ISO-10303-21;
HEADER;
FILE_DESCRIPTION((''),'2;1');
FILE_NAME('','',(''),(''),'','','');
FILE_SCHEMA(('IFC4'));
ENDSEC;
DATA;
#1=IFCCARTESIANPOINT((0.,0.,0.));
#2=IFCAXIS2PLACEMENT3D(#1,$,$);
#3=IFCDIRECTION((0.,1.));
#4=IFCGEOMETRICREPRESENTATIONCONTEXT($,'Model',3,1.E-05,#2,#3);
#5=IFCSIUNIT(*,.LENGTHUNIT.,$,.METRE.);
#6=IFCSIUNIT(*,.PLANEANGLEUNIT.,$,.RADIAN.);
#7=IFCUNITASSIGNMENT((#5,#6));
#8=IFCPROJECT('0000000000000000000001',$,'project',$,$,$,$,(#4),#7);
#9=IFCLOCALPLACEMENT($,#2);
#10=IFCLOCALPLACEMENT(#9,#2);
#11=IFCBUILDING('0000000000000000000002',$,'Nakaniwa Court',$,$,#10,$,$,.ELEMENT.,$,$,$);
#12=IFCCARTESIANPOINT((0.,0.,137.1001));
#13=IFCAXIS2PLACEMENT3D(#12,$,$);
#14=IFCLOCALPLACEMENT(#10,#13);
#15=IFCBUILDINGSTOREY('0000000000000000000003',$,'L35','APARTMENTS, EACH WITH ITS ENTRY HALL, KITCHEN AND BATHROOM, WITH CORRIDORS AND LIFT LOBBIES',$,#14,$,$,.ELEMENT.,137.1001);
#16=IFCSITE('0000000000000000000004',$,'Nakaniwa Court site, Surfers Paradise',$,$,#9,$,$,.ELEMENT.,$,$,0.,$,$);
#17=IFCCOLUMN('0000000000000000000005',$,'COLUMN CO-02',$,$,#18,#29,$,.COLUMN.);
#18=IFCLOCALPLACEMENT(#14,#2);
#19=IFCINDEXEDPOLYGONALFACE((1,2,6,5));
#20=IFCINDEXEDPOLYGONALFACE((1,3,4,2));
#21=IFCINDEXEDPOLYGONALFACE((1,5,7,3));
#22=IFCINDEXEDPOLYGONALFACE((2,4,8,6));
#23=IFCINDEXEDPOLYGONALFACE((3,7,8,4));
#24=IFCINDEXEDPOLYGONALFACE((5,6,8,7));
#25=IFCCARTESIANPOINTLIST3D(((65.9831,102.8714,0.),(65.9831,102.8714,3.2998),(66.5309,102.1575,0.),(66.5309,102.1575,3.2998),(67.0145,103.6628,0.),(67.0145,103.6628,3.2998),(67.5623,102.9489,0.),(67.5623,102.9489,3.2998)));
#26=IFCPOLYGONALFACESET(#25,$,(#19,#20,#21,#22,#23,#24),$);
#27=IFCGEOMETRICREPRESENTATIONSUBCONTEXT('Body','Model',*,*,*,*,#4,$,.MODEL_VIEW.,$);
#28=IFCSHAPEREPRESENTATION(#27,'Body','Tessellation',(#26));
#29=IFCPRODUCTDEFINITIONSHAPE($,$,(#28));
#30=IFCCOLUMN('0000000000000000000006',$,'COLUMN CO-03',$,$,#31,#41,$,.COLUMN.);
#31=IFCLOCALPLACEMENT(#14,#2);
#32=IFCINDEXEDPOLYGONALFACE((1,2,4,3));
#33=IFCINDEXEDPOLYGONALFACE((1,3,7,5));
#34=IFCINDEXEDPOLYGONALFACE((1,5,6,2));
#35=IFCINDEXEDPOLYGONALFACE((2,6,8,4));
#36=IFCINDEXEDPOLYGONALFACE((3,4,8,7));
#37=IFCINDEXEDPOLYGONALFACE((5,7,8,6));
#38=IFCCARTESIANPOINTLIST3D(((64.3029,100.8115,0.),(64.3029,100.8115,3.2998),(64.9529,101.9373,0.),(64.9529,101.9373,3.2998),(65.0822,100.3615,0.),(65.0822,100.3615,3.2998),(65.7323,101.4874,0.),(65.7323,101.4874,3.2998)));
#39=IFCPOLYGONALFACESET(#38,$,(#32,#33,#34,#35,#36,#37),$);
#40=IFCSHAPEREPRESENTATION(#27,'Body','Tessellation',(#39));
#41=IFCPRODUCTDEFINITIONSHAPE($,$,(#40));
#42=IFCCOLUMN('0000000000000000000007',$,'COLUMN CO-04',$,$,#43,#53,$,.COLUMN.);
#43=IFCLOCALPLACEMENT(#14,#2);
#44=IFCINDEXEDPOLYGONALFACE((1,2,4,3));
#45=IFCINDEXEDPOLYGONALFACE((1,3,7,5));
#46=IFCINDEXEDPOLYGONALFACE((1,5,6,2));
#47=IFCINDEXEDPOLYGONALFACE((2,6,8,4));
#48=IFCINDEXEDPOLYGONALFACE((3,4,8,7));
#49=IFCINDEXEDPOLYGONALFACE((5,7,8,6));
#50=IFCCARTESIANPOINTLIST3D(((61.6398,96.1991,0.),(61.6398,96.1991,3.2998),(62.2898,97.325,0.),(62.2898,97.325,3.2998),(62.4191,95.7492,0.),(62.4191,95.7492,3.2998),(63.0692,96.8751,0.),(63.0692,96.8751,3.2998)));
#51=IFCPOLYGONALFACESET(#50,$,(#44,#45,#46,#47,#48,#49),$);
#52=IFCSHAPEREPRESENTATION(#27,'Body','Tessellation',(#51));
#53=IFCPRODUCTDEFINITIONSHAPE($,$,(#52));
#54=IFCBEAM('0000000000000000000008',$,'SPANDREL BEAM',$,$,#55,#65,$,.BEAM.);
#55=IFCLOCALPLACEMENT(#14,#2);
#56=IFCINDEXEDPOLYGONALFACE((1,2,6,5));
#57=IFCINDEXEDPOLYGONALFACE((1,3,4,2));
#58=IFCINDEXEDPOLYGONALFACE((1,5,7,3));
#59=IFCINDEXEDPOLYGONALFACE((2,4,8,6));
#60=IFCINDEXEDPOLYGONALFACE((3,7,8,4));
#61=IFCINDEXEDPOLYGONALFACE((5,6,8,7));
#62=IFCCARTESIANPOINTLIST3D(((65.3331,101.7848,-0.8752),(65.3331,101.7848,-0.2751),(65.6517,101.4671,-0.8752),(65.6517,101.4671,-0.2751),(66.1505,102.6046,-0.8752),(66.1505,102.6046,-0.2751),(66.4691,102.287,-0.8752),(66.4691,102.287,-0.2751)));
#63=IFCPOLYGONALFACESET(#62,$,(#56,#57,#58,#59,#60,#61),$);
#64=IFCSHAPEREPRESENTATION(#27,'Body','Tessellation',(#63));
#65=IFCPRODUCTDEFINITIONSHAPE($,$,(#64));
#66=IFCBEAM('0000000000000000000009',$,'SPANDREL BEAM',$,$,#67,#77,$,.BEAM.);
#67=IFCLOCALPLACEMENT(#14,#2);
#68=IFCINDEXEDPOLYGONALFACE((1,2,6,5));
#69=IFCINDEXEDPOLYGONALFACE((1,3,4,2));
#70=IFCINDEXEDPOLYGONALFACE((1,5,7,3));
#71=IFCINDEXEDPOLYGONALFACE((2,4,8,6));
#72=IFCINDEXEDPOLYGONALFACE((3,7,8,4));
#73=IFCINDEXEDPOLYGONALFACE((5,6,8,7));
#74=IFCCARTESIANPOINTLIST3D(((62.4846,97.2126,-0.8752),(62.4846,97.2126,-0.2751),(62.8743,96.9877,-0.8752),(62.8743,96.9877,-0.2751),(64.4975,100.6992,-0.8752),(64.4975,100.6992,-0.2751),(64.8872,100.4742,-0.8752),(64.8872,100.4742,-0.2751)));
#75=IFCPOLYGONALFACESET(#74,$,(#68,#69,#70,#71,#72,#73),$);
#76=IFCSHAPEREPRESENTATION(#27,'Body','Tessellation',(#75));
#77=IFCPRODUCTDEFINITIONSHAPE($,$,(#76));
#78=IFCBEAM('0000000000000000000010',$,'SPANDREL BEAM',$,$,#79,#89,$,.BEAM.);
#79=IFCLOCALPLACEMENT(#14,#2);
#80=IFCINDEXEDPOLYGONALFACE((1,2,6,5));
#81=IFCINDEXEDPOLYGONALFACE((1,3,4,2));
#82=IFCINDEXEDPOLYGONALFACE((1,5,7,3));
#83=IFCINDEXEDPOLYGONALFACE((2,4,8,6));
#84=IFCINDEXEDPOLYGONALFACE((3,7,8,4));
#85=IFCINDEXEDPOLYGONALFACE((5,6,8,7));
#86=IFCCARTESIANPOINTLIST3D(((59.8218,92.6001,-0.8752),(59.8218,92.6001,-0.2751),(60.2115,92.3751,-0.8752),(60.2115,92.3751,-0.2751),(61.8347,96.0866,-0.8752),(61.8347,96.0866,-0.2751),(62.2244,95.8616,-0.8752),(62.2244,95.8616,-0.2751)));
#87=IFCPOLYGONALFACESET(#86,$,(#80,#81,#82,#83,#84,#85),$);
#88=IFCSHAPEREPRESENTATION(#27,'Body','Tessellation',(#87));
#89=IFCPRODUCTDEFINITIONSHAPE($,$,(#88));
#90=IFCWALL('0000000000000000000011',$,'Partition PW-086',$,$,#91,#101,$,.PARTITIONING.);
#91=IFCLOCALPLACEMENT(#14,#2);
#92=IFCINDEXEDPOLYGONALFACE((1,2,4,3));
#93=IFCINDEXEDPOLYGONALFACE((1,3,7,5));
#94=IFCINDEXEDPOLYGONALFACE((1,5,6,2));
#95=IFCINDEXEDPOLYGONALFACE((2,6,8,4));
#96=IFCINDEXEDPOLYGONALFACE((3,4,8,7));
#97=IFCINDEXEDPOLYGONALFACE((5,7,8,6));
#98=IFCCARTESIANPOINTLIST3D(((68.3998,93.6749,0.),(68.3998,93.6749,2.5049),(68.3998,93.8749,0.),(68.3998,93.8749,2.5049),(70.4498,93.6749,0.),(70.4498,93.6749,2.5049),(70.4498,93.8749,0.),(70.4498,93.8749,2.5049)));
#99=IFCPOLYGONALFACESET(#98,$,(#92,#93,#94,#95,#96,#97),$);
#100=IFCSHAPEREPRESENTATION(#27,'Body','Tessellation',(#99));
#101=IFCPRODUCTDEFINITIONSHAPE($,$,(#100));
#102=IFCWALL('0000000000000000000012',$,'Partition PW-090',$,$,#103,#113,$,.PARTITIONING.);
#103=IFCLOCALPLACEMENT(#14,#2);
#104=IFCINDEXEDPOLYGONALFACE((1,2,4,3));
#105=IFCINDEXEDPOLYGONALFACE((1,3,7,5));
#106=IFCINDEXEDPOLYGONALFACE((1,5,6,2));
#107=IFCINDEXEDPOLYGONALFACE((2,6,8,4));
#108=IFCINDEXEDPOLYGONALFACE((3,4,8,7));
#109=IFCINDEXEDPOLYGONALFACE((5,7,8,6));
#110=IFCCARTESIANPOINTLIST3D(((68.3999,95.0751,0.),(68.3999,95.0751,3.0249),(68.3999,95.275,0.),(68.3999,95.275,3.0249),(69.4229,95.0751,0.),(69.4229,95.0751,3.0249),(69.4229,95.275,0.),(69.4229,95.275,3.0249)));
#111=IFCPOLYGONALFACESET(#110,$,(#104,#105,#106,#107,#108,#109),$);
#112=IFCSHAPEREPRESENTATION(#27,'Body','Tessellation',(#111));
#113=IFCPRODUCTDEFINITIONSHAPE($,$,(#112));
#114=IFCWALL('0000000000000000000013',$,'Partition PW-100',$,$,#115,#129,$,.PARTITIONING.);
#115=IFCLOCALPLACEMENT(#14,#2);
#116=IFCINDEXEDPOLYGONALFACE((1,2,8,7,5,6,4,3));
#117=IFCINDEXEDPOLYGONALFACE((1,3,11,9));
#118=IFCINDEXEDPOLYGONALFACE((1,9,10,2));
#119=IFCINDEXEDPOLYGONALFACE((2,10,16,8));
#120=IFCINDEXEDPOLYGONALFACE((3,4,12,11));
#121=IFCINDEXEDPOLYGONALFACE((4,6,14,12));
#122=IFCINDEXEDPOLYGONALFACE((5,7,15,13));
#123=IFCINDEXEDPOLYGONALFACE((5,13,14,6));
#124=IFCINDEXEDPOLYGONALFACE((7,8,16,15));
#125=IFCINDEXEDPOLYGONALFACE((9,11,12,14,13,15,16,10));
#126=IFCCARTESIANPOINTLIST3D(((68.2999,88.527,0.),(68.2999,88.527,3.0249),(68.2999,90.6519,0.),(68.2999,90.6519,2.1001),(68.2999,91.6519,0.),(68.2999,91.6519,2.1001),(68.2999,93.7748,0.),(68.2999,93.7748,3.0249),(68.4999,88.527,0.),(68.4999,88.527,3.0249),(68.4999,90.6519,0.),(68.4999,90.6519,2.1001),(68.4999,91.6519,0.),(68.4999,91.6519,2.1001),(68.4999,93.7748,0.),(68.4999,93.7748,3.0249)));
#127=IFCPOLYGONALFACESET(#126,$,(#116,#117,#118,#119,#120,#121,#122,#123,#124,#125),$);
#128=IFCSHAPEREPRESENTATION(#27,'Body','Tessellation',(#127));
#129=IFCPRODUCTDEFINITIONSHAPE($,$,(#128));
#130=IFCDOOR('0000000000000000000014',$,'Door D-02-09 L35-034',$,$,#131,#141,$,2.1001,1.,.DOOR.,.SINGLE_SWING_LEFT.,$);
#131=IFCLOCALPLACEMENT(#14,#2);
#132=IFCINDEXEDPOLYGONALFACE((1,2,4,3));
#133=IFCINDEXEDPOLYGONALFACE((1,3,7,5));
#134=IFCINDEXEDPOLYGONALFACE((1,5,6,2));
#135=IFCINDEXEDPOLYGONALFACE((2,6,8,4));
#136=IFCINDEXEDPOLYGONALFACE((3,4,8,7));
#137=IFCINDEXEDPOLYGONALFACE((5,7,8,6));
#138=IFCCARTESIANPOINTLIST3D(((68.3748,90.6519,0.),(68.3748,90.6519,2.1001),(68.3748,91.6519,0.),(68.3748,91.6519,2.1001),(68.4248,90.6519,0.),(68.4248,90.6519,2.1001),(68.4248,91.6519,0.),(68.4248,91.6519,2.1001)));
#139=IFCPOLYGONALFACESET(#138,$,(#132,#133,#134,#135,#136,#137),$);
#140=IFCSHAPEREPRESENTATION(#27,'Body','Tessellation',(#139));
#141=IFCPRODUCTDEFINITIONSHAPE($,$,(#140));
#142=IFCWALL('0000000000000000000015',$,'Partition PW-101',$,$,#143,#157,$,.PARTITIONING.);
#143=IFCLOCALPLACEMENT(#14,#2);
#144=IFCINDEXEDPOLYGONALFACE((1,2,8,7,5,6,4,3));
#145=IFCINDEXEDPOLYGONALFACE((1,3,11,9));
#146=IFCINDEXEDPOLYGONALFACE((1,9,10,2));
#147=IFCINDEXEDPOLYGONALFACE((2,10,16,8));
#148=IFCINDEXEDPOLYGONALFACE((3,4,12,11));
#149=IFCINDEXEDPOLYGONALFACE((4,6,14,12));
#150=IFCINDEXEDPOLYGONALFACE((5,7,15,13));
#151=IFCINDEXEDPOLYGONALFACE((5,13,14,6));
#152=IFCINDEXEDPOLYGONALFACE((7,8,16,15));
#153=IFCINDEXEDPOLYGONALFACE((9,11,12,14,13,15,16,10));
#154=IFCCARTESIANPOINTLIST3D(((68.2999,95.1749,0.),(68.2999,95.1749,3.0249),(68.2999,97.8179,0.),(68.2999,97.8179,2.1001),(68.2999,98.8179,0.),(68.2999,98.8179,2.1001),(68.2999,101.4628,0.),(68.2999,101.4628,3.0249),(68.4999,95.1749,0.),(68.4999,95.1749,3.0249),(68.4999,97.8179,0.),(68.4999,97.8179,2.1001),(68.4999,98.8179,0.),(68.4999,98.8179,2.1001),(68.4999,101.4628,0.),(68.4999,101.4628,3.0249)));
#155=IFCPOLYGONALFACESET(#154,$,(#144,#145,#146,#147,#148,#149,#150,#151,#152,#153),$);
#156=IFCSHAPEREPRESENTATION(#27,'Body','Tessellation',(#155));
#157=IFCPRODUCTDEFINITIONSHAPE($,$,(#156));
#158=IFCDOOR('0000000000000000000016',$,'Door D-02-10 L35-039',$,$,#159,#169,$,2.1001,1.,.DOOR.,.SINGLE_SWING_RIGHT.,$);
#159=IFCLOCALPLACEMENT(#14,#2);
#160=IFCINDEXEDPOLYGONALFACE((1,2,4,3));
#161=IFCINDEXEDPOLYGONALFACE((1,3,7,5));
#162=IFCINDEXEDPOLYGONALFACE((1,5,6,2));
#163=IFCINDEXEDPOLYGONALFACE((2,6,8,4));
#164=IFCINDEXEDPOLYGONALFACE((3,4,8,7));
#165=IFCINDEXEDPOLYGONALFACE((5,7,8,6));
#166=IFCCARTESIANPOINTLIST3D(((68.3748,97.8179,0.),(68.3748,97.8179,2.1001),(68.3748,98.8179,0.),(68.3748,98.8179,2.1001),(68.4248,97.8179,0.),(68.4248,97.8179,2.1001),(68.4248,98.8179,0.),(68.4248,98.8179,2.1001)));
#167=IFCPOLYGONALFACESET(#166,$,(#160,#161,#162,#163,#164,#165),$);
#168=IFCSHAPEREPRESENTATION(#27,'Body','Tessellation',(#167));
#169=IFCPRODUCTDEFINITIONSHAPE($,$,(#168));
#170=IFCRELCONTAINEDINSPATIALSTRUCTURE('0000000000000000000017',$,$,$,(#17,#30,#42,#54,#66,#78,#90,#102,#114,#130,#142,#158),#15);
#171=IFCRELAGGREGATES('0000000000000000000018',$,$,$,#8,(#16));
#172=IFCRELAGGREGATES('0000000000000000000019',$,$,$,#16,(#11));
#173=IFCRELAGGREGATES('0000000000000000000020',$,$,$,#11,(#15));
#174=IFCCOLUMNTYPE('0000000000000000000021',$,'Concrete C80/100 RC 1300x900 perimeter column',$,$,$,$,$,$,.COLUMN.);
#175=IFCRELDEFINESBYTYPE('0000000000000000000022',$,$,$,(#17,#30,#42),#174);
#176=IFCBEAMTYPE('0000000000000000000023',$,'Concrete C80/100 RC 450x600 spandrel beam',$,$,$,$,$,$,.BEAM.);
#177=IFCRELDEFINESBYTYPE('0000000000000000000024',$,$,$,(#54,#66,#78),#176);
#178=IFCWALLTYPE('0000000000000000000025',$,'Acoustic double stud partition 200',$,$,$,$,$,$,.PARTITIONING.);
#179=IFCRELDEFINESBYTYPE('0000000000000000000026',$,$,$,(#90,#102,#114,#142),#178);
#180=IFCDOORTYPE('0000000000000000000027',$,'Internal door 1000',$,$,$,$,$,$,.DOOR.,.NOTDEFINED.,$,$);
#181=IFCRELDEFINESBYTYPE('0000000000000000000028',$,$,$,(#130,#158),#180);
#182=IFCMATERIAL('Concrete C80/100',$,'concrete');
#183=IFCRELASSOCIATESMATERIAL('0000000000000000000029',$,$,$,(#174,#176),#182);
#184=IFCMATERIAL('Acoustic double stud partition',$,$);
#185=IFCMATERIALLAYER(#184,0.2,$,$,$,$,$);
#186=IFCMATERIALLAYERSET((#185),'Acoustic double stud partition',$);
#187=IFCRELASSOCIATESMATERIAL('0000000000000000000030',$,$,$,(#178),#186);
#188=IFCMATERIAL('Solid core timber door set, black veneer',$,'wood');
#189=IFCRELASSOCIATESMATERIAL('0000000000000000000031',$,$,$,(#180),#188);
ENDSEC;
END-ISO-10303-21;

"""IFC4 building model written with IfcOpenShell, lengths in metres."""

from ifc_helpers import new_model, si_unit, direction, frame, frame_2d, origin, origin_2d, place, context, subcontext, project, spatial, rectangle, extrude, material, layer, layer_set, material_profile, profile_set, type_object, element, fill, save


model = new_model("IFC4")

# Units and contexts
model_context = context("Model", 3, precision=1e-05, world=origin(), true_north=direction((0.0, 1.0)))
body_context = subcontext(model_context, "Body", "Model", "MODEL_VIEW")
ifc_project = project(units=[si_unit("LENGTHUNIT", "METRE"), si_unit("PLANEANGLEUNIT", "RADIAN")], contexts=[model_context])

# Site, building, storey
site_placement = place(None, origin())
site = spatial("IfcSite", under=ifc_project, at=site_placement, Name="Nakaniwa Court site, Surfers Paradise", CompositionType="ELEMENT", RefElevation=0.0)
building_placement = place(site_placement, origin())
building = spatial("IfcBuilding", under=site, at=building_placement, Name="Nakaniwa Court", CompositionType="ELEMENT")
storey_placement = place(building_placement, frame((0.0, 0.0, 137.1001)))
storey = spatial("IfcBuildingStorey", under=building, at=storey_placement, Name="L35", Description="APARTMENTS, EACH WITH ITS ENTRY HALL, KITCHEN AND BATHROOM, WITH CORRIDORS AND LIFT LOBBIES", CompositionType="ELEMENT", Elevation=137.1001)

# Columns
ifc_material_1 = material(Name="Concrete C80/100", Category="concrete")
ifc_material_profile_1 = material_profile(ifc_material_1, rectangle(XDim=1.3, YDim=0.8999, at=origin_2d()), Name="Concrete C80/100 RC 1300x900 perimeter column")
ifc_profile_set_1 = profile_set([ifc_material_profile_1], Name="Concrete C80/100")
column_type = type_object("IfcColumnType", Name="Concrete C80/100 RC 1300x900 perimeter column", PredefinedType="COLUMN", material=ifc_profile_set_1)
for number, where, z_axis, x_axis, name in (
    (1, (66.7727, 102.9102, 0.0), (0.0, 0.0, 1.0), (-0.793364, -0.608748, 0.0), "COLUMN CO-02"),
    (2, (65.0176, 101.1494, 0.0), (0.0, 0.0, 1.0), (-0.5, -0.866025, 0.0), "COLUMN CO-03"),
    (3, (62.3545, 96.5371, 0.0), (0.0, 0.0, 1.0), (-0.5, -0.866025, 0.0), "COLUMN CO-04"),
):
    element("IfcColumn", number, at=place(storey_placement, frame(where, z_axis=z_axis, x_axis=x_axis)), inside=storey, type_object=column_type, Name=name, PredefinedType="COLUMN", context=body_context, shape_type="SweptSolid", body=[
        extrude(rectangle(XDim=1.3, YDim=0.8999, at=origin_2d()), origin(), (0.0, 0.0, 1.0), 3.2998),
    ])

# Beams
ifc_material_profile_2 = material_profile(ifc_material_1, rectangle(XDim=0.45, YDim=0.6001, at=origin_2d()), Name="Concrete C80/100 RC 450x600 spandrel beam")
ifc_profile_set_2 = profile_set([ifc_material_profile_2], Name="Concrete C80/100")
beam_type = type_object("IfcBeamType", Name="Concrete C80/100 RC 450x600 spandrel beam", PredefinedType="BEAM", material=ifc_profile_set_2)
beam_placement = place(storey_placement, frame((66.3098, 102.4458, -0.5752), z_axis=(-0.706052, -0.70816, 0.0), x_axis=(0.70816, -0.706052, 0.0)))
element("IfcBeam", 4, at=beam_placement, inside=storey, type_object=beam_type, Name="SPANDREL BEAM", PredefinedType="BEAM", context=body_context, shape_type="SweptSolid", body=[
    extrude(rectangle(XDim=0.45, YDim=0.6001, at=origin_2d()), origin(), (0.0, 0.0, 1.0), 1.1577),
])
for number, where, z_axis, x_axis, name in (
    (5, (64.6924, 100.5867, -0.5752), (-0.499994, -0.866029, 0.0), (0.866029, -0.499994, 0.0), "SPANDREL BEAM"),
    (6, (62.0295, 95.9741, -0.5752), (-0.499994, -0.866029, 0.0), (0.866029, -0.499994, 0.0), "SPANDREL BEAM"),
):
    element("IfcBeam", number, at=place(storey_placement, frame(where, z_axis=z_axis, x_axis=x_axis)), inside=storey, type_object=beam_type, Name=name, PredefinedType="BEAM", context=body_context, shape_type="SweptSolid", body=[
        extrude(rectangle(XDim=0.45, YDim=0.6001, at=origin_2d()), origin(), (0.0, 0.0, 1.0), 4.0259),
    ])

# Walls
ifc_material_2 = material(Name="Acoustic double stud partition")
ifc_layer_1 = layer(ifc_material_2, 0.2)
ifc_layer_set_1 = layer_set([ifc_layer_1], Name="Acoustic double stud partition")
wall_type_1 = type_object("IfcWallType", Name="Acoustic double stud partition 200", PredefinedType="PARTITIONING", material=ifc_layer_set_1)
wall_1_placement = place(storey_placement, frame((68.3999, 93.7749, 0.0), z_axis=(0.0, 0.0, 1.0), x_axis=(1.0, 0.0, 0.0)))
element("IfcWall", 7, at=wall_1_placement, inside=storey, type_object=wall_type_1, Name="Partition PW-086", PredefinedType="PARTITIONING", context=body_context, shape_type="SweptSolid", body=[
    extrude(rectangle(XDim=2.05, YDim=0.2, at=frame_2d((1.0249, 0.0))), origin(), (0.0, 0.0, 1.0), 2.5049),
])
wall_2_placement = place(storey_placement, frame((68.3999, 95.175, 0.0), z_axis=(0.0, 0.0, 1.0), x_axis=(1.0, 0.0, 0.0)))
element("IfcWall", 8, at=wall_2_placement, inside=storey, type_object=wall_type_1, Name="Partition PW-090", PredefinedType="PARTITIONING", context=body_context, shape_type="SweptSolid", body=[
    extrude(rectangle(XDim=1.0229, YDim=0.2, at=frame_2d((0.5115, 0.0))), origin(), (0.0, 0.0, 1.0), 3.0249),
])

# Walls, openings, doors
wall_3_placement = place(storey_placement, frame((68.3999, 93.7749, 0.0), z_axis=(0.0, 0.0, 1.0), x_axis=(0.0, -1.0, 0.0)))
wall_3 = element("IfcWall", 9, at=wall_3_placement, inside=storey, type_object=wall_type_1, Name="Partition PW-100", PredefinedType="PARTITIONING", context=body_context, shape_type="SweptSolid", body=[
    extrude(rectangle(XDim=5.2478, YDim=0.2, at=frame_2d((2.624, 0.0))), origin(), (0.0, 0.0, 1.0), 3.0249),
])
opening_1_placement = place(wall_3_placement, frame((2.123, 0.0, 0.0)))
opening_1 = element("IfcOpeningElement", 10, at=opening_1_placement, cuts=wall_3, PredefinedType="OPENING", context=body_context, shape_type="SweptSolid", body=[
    extrude(rectangle(XDim=1.0, YDim=2.1001, at=frame_2d((0.5, 1.05))), frame((0.0, 0.1099, 0.0), z_axis=(0.0, -1.0, 0.0), x_axis=(1.0, 0.0, 0.0)), (0.0, 0.0, 1.0), 0.22),
])
ifc_material_3 = material(Name="Solid core timber door set, black veneer", Category="wood")
door_type_1 = type_object("IfcDoorType", Name="Internal door 1000", OperationType="NOTDEFINED", PredefinedType="DOOR", material=ifc_material_3)
door_1_placement = place(opening_1_placement, origin())
door_1 = element("IfcDoor", 11, at=door_1_placement, inside=storey, type_object=door_type_1, Name="Door D-02-09 L35-034", OperationType="SINGLE_SWING_LEFT", OverallHeight=2.1001, OverallWidth=1.0, PredefinedType="DOOR", context=body_context, shape_type="SweptSolid", body=[
    extrude(rectangle(XDim=1.0, YDim=2.1001, at=frame_2d((0.5, 1.05))), frame((0.0, 0.0249, 0.0), z_axis=(0.0, -1.0, 0.0), x_axis=(1.0, 0.0, 0.0)), (0.0, 0.0, 1.0), 0.05),
])
fill(opening_1, door_1)
wall_4_placement = place(storey_placement, frame((68.3999, 101.4629, 0.0), z_axis=(0.0, 0.0, 1.0), x_axis=(0.0, -1.0, 0.0)))
wall_4 = element("IfcWall", 12, at=wall_4_placement, inside=storey, type_object=wall_type_1, Name="Partition PW-101", PredefinedType="PARTITIONING", context=body_context, shape_type="SweptSolid", body=[
    extrude(rectangle(XDim=6.2878, YDim=0.2, at=frame_2d((3.144, 0.0))), origin(), (0.0, 0.0, 1.0), 3.0249),
])
opening_2_placement = place(wall_4_placement, frame((2.645, 0.0, 0.0)))
opening_2 = element("IfcOpeningElement", 13, at=opening_2_placement, cuts=wall_4, PredefinedType="OPENING", context=body_context, shape_type="SweptSolid", body=[
    extrude(rectangle(XDim=1.0, YDim=2.1001, at=frame_2d((0.5, 1.05))), frame((0.0, 0.1099, 0.0), z_axis=(0.0, -1.0, 0.0), x_axis=(1.0, 0.0, 0.0)), (0.0, 0.0, 1.0), 0.22),
])
door_2_placement = place(opening_2_placement, origin())
door_2 = element("IfcDoor", 14, at=door_2_placement, inside=storey, type_object=door_type_1, Name="Door D-02-10 L35-039", OperationType="SINGLE_SWING_RIGHT", OverallHeight=2.1001, OverallWidth=1.0, PredefinedType="DOOR", context=body_context, shape_type="SweptSolid", body=[
    extrude(rectangle(XDim=1.0, YDim=2.1001, at=frame_2d((0.5, 1.05))), frame((0.0, 0.0249, 0.0), z_axis=(0.0, -1.0, 0.0), x_axis=(1.0, 0.0, 0.0)), (0.0, 0.0, 1.0), 0.05),
])
fill(opening_2, door_2)

save(model, "model.ifc")
